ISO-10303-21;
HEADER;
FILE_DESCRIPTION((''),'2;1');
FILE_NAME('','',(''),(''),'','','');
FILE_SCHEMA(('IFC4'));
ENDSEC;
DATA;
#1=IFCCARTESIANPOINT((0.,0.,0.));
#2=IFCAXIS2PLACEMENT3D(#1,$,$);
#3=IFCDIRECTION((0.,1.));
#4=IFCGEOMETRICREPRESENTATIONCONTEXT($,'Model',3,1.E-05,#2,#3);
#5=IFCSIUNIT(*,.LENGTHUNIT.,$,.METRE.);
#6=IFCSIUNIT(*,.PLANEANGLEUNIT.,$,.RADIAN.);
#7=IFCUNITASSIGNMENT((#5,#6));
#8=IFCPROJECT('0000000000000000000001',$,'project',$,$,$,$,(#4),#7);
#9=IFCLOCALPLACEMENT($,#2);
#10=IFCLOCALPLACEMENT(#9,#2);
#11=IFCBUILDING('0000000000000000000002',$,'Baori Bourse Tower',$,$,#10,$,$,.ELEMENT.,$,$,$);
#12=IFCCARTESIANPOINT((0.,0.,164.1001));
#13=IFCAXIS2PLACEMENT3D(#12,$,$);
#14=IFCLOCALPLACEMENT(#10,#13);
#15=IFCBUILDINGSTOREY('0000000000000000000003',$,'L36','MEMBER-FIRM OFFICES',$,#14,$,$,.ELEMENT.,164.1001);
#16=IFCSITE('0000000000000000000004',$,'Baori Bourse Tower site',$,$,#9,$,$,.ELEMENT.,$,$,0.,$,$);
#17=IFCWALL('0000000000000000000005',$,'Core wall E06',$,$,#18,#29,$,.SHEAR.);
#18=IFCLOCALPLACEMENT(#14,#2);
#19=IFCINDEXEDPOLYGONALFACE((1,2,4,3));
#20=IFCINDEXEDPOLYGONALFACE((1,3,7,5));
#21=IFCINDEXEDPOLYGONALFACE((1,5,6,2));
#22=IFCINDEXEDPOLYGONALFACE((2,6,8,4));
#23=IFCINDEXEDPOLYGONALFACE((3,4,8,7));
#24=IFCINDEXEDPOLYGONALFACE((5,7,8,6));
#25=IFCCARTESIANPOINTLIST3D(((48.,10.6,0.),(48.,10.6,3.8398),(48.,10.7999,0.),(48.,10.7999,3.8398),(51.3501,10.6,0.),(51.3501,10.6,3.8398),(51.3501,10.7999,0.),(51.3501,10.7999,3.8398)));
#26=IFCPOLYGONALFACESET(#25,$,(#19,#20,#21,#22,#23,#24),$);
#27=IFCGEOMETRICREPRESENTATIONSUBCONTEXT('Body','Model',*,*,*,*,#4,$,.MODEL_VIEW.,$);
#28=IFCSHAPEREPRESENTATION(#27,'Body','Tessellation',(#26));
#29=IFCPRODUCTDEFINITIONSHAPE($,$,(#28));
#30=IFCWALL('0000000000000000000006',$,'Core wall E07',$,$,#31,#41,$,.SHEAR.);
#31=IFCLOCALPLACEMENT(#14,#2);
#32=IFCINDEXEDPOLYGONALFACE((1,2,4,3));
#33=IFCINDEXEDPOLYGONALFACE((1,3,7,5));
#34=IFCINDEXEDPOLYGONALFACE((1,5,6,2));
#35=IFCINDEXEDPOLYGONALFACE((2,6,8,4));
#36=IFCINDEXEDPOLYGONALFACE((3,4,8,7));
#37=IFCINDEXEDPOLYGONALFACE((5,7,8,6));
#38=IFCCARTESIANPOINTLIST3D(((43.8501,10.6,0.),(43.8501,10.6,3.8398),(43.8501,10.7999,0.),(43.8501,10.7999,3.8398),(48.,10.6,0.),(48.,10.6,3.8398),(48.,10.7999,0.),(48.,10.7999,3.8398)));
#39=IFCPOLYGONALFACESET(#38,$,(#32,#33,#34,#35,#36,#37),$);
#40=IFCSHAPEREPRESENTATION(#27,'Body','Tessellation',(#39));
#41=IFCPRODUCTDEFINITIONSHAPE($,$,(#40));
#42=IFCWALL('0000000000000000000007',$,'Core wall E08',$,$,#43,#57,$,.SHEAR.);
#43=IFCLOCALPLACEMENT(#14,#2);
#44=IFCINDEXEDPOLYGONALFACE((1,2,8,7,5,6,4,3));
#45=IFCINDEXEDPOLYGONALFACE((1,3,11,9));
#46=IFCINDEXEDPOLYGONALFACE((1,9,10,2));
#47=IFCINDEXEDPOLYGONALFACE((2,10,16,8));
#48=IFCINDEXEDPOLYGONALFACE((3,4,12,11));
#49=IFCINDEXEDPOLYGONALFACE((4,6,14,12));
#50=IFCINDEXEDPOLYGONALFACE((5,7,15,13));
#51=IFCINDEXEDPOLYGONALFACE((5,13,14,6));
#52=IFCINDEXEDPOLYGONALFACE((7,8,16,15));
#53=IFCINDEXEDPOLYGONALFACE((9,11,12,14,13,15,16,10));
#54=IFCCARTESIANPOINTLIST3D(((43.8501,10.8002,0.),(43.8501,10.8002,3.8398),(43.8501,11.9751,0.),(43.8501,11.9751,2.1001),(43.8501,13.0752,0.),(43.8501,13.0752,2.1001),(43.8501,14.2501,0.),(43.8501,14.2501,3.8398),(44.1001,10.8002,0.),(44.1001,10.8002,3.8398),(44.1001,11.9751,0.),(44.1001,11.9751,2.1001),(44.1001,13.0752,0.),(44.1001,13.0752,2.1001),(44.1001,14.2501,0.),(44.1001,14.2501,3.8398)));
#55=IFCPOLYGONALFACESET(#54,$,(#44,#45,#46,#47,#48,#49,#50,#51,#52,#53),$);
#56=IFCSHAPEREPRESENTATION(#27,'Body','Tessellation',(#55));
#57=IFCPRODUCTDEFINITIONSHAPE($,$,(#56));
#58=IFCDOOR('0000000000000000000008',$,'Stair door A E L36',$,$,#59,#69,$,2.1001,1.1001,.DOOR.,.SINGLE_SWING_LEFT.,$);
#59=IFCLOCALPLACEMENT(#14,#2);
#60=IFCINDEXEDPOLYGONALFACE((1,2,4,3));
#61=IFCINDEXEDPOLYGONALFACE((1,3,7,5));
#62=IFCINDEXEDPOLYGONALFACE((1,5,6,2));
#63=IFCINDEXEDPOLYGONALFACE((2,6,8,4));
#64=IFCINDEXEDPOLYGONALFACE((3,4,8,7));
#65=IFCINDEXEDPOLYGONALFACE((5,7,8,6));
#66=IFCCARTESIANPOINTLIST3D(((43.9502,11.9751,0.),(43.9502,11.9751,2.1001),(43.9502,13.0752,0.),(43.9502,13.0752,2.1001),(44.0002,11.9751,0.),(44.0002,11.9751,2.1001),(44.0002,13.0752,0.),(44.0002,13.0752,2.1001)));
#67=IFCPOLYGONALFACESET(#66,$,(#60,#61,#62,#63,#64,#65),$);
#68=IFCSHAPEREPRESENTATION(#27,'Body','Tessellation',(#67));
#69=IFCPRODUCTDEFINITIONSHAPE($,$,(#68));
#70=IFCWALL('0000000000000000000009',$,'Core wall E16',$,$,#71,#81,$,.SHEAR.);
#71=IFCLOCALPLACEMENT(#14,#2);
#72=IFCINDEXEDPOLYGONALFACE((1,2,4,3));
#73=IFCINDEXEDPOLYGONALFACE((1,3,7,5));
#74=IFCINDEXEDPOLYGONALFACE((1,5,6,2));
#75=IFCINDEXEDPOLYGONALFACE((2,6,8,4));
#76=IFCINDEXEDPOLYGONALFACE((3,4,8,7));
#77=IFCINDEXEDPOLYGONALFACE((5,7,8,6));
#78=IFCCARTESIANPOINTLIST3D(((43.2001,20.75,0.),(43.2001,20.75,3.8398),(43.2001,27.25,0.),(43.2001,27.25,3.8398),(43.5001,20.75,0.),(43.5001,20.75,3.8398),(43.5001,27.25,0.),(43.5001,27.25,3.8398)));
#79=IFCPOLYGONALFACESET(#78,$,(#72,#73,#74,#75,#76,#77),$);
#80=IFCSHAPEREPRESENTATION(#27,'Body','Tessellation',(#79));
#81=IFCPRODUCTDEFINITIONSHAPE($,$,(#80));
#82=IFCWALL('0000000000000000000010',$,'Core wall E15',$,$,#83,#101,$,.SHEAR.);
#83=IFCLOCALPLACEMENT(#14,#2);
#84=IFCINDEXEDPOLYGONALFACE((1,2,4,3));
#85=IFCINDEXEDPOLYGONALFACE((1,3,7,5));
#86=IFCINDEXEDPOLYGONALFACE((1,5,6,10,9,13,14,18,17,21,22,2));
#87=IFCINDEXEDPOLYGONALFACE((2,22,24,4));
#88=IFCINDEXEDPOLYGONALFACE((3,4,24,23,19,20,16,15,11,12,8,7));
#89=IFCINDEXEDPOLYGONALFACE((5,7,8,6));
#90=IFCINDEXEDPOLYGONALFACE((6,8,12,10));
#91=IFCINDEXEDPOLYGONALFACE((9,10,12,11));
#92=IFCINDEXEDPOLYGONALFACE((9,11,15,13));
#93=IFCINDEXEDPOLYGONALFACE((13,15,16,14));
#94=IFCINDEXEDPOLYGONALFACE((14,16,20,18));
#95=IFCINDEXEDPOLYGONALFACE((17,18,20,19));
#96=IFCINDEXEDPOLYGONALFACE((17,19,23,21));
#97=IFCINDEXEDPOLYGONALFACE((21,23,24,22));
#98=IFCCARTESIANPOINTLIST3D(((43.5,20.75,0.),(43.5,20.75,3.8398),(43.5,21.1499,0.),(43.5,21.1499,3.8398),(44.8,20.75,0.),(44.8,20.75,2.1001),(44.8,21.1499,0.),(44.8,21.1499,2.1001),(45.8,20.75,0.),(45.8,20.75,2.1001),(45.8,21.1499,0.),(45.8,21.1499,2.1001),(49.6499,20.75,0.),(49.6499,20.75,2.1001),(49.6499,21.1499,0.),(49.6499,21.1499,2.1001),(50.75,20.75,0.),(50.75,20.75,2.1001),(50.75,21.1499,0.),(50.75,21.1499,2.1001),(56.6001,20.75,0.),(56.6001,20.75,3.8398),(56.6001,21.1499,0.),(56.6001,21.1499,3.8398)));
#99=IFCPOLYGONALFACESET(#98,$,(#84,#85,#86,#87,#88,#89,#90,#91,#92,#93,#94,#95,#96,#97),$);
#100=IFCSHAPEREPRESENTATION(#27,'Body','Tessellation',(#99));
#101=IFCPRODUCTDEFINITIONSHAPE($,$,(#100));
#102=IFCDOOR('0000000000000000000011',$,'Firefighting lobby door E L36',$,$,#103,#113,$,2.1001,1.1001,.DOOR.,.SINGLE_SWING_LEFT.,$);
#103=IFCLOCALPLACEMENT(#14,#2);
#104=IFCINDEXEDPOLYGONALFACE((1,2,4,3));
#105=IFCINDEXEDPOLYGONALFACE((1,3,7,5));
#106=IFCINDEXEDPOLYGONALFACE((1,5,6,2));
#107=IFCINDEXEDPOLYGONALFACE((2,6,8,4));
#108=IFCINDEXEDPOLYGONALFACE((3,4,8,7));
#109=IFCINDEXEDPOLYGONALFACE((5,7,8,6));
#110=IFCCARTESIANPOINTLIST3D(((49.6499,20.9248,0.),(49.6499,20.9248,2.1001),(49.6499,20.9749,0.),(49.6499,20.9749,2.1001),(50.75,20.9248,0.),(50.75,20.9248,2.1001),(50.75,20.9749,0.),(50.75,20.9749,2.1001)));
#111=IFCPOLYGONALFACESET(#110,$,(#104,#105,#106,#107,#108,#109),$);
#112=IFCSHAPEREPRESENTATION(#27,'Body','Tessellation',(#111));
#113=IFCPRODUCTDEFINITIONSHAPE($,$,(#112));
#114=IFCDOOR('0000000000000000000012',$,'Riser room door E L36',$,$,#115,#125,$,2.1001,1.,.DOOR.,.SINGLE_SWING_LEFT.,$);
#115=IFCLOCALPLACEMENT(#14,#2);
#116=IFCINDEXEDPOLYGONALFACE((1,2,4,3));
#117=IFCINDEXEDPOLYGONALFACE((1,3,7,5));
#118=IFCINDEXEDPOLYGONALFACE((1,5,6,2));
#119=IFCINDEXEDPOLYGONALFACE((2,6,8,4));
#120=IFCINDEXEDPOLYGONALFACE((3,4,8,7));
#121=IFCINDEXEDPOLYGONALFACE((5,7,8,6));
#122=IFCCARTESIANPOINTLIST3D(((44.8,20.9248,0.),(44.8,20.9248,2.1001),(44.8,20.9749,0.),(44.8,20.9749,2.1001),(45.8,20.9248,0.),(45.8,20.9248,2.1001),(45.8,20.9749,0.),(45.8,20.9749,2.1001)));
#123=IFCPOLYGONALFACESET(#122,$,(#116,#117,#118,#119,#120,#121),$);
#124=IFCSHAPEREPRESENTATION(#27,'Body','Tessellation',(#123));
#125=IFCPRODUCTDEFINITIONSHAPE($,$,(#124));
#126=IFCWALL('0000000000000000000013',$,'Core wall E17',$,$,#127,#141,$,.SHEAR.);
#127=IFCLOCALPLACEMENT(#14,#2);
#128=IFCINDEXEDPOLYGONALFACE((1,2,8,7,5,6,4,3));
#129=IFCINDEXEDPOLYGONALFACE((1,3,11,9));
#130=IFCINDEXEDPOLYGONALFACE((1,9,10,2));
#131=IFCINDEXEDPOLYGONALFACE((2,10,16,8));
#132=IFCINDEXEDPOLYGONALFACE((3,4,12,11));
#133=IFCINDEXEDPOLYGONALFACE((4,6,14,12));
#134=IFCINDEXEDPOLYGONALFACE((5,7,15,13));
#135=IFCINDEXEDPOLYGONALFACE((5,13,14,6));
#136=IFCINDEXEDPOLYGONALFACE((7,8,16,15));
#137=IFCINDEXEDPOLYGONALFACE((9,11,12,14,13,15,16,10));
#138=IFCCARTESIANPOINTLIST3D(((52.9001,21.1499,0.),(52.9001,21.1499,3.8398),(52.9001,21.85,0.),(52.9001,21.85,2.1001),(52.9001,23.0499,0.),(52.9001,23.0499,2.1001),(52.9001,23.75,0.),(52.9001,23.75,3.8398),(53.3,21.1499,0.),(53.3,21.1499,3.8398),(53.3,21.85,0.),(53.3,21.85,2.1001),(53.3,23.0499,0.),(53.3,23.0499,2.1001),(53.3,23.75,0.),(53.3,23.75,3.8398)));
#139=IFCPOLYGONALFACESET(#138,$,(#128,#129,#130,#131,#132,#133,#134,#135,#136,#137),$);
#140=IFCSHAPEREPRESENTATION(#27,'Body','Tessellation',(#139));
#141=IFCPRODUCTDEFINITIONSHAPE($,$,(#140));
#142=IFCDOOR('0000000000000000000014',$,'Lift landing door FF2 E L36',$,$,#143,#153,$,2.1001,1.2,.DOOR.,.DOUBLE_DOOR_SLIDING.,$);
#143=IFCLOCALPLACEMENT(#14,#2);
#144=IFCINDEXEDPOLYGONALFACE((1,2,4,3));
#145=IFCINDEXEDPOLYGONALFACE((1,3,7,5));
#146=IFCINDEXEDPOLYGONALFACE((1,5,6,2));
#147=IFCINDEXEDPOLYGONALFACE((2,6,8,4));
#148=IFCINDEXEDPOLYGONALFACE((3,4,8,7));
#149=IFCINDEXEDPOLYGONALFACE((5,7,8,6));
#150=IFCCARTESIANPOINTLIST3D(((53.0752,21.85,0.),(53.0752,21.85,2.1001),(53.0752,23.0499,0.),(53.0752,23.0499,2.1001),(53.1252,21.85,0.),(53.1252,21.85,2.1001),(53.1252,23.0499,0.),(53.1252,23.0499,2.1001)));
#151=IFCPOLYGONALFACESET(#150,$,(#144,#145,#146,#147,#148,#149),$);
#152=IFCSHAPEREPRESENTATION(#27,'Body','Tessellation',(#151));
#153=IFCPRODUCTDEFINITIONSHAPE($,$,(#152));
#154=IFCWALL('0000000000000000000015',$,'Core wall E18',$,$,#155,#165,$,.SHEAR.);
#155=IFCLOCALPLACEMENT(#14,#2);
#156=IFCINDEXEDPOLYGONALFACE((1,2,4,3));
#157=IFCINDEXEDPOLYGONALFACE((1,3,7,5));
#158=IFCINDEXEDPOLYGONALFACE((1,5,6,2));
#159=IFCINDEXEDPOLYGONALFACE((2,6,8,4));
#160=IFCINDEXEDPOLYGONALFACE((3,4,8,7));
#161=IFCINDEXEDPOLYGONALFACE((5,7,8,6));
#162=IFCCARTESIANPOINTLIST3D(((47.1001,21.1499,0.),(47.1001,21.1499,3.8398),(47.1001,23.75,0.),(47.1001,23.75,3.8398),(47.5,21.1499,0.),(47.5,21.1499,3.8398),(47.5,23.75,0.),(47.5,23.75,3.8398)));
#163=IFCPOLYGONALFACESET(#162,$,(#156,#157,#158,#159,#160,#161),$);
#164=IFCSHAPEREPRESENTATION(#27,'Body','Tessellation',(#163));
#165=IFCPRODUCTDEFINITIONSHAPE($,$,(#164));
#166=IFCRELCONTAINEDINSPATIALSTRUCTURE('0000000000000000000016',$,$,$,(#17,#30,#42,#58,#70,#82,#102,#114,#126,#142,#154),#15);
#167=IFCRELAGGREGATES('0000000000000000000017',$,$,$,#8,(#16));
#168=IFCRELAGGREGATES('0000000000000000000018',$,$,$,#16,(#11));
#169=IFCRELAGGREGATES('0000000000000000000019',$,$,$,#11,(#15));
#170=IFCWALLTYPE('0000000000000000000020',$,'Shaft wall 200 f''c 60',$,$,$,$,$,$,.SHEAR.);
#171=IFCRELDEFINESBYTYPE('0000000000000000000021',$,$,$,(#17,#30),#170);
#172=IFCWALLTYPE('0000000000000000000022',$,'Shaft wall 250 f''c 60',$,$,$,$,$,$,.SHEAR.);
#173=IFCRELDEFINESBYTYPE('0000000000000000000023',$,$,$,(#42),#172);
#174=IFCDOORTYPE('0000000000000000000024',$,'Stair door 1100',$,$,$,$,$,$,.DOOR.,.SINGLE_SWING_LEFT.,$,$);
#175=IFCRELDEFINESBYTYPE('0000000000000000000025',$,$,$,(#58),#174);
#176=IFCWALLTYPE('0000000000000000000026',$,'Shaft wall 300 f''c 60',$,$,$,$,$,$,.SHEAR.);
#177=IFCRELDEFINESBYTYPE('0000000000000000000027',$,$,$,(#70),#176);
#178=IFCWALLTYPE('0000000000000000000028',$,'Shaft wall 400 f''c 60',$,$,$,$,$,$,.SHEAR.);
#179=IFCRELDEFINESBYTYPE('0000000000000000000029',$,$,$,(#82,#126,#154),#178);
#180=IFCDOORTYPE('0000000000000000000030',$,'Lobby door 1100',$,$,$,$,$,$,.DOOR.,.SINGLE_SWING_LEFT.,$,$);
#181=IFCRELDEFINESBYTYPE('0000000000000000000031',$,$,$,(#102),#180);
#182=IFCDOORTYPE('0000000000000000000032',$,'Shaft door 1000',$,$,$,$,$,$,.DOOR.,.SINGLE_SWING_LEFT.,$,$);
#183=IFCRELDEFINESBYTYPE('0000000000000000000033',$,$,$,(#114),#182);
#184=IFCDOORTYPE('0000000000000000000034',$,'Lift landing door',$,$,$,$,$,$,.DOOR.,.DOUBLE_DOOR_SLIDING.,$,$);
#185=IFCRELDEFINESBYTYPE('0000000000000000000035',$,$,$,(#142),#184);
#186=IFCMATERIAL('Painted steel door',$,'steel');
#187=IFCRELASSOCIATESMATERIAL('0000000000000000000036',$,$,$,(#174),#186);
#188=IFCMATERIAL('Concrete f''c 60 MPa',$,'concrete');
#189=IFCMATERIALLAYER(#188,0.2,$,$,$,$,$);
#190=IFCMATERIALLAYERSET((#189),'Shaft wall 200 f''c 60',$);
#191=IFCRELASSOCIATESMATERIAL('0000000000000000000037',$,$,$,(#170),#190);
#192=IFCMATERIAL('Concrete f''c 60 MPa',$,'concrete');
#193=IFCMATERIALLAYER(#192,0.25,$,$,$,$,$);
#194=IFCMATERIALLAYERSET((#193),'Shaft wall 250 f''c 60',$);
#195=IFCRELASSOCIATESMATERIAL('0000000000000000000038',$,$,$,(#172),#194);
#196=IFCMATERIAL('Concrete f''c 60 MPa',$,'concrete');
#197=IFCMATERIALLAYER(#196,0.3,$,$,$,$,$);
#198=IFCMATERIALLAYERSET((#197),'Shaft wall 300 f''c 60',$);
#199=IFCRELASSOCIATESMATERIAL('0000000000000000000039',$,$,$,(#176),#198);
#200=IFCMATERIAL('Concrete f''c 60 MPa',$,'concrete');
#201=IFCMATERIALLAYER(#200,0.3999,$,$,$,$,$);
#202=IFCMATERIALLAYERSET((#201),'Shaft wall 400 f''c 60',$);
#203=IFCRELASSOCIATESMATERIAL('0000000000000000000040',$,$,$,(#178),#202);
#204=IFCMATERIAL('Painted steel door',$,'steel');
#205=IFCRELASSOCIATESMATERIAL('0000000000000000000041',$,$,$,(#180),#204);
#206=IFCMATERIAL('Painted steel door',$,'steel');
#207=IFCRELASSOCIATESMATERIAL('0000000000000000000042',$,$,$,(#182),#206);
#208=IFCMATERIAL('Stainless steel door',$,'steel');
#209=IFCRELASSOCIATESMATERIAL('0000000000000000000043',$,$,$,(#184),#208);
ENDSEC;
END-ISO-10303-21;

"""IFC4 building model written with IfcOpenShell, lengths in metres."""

from ifc_helpers import new_model, si_unit, direction, frame, frame_2d, origin, place, context, subcontext, project, spatial, rectangle, extrude, material, layer, layer_set, type_object, element, fill, save


model = new_model("IFC4")

# Units and contexts
model_context = context("Model", 3, precision=1e-05, world=origin(), true_north=direction((0.0, 1.0)))
body_context = subcontext(model_context, "Body", "Model", "MODEL_VIEW")
ifc_project = project(units=[si_unit("LENGTHUNIT", "METRE"), si_unit("PLANEANGLEUNIT", "RADIAN")], contexts=[model_context])

# Site, building, storey
site_placement = place(None, origin())
site = spatial("IfcSite", under=ifc_project, at=site_placement, Name="Baori Bourse Tower site", CompositionType="ELEMENT", RefElevation=0.0)
building_placement = place(site_placement, origin())
building = spatial("IfcBuilding", under=site, at=building_placement, Name="Baori Bourse Tower", CompositionType="ELEMENT")
storey_placement = place(building_placement, frame((0.0, 0.0, 164.1001)))
storey = spatial("IfcBuildingStorey", under=building, at=storey_placement, Name="L36", Description="MEMBER-FIRM OFFICES", CompositionType="ELEMENT", Elevation=164.1001)

# Shared definitions
ifc_material_1 = material(Name="Painted steel door", Category="steel")
door_type_1 = type_object("IfcDoorType", Name="Stair door 1100", OperationType="SINGLE_SWING_LEFT", PredefinedType="DOOR", material=ifc_material_1)

# Walls
ifc_material_2 = material(Name="Concrete f'c 60 MPa", Category="concrete")
ifc_layer_1 = layer(ifc_material_2, 0.2)
ifc_layer_set_1 = layer_set([ifc_layer_1], Name="Shaft wall 200 f'c 60")
wall_type_1 = type_object("IfcWallType", Name="Shaft wall 200 f'c 60", PredefinedType="SHEAR", material=ifc_layer_set_1)
wall_1_placement = place(storey_placement, frame((48.0, 10.7, 0.0), z_axis=(0.0, 0.0, 1.0), x_axis=(1.0, 0.0, 0.0)))
element("IfcWall", 1, at=wall_1_placement, inside=storey, type_object=wall_type_1, Name="Core wall E06", PredefinedType="SHEAR", context=body_context, shape_type="SweptSolid", body=[
    extrude(rectangle(XDim=3.3501, YDim=0.2, at=frame_2d((1.675, 0.0))), origin(), (0.0, 0.0, 1.0), 3.8398),
])
wall_2_placement = place(storey_placement, frame((43.8501, 10.7, 0.0), z_axis=(0.0, 0.0, 1.0), x_axis=(1.0, 0.0, 0.0)))
element("IfcWall", 2, at=wall_2_placement, inside=storey, type_object=wall_type_1, Name="Core wall E07", PredefinedType="SHEAR", context=body_context, shape_type="SweptSolid", body=[
    extrude(rectangle(XDim=4.1499, YDim=0.2, at=frame_2d((2.075, 0.0))), origin(), (0.0, 0.0, 1.0), 3.8398),
])

# Wall, opening, door
ifc_material_3 = material(Name="Concrete f'c 60 MPa", Category="concrete")
ifc_layer_2 = layer(ifc_material_3, 0.25)
ifc_layer_set_2 = layer_set([ifc_layer_2], Name="Shaft wall 250 f'c 60")
wall_type_2 = type_object("IfcWallType", Name="Shaft wall 250 f'c 60", PredefinedType="SHEAR", material=ifc_layer_set_2)
wall_3_placement = place(storey_placement, frame((43.9751, 10.8, 0.0), z_axis=(0.0, 0.0, 1.0), x_axis=(0.0, 1.0, 0.0)))
wall_3 = element("IfcWall", 3, at=wall_3_placement, inside=storey, type_object=wall_type_2, Name="Core wall E08", PredefinedType="SHEAR", context=body_context, shape_type="SweptSolid", body=[
    extrude(rectangle(XDim=3.45, YDim=0.25, at=frame_2d((1.7251, 0.0))), origin(), (0.0, 0.0, 1.0), 3.8398),
])
opening_1_placement = place(wall_3_placement, frame((1.175, 0.0, 0.0)))
opening_1 = element("IfcOpeningElement", 4, at=opening_1_placement, cuts=wall_3, PredefinedType="OPENING", context=body_context, shape_type="SweptSolid", body=[
    extrude(rectangle(XDim=1.1001, YDim=2.1001, at=frame_2d((0.55, 1.05))), frame((0.0, 0.135, 0.0), z_axis=(0.0, -1.0, 0.0), x_axis=(1.0, 0.0, 0.0)), (0.0, 0.0, 1.0), 0.27),
])
door_1_placement = place(opening_1_placement, origin())
door_1 = element("IfcDoor", 5, at=door_1_placement, inside=storey, type_object=door_type_1, Name="Stair door A E L36", OperationType="SINGLE_SWING_LEFT", OverallHeight=2.1001, OverallWidth=1.1001, PredefinedType="DOOR", context=body_context, shape_type="SweptSolid", body=[
    extrude(rectangle(XDim=1.1001, YDim=2.1001, at=frame_2d((0.55, 1.05))), frame((0.0, 0.0249, 0.0), z_axis=(0.0, -1.0, 0.0), x_axis=(1.0, 0.0, 0.0)), (0.0, 0.0, 1.0), 0.05),
])
fill(opening_1, door_1)

# Wall
ifc_material_4 = material(Name="Concrete f'c 60 MPa", Category="concrete")
ifc_layer_3 = layer(ifc_material_4, 0.3)
ifc_layer_set_3 = layer_set([ifc_layer_3], Name="Shaft wall 300 f'c 60")
wall_type_3 = type_object("IfcWallType", Name="Shaft wall 300 f'c 60", PredefinedType="SHEAR", material=ifc_layer_set_3)
wall_4_placement = place(storey_placement, frame((43.3501, 20.75, 0.0), z_axis=(0.0, 0.0, 1.0), x_axis=(0.0, 1.0, 0.0)))
element("IfcWall", 6, at=wall_4_placement, inside=storey, type_object=wall_type_3, Name="Core wall E16", PredefinedType="SHEAR", context=body_context, shape_type="SweptSolid", body=[
    extrude(rectangle(XDim=6.5, YDim=0.3, at=frame_2d((3.25, 0.0))), origin(), (0.0, 0.0, 1.0), 3.8398),
])

# Wall, openings, doors
ifc_material_5 = material(Name="Concrete f'c 60 MPa", Category="concrete")
ifc_layer_4 = layer(ifc_material_5, 0.3999)
ifc_layer_set_4 = layer_set([ifc_layer_4], Name="Shaft wall 400 f'c 60")
wall_type_4 = type_object("IfcWallType", Name="Shaft wall 400 f'c 60", PredefinedType="SHEAR", material=ifc_layer_set_4)
wall_5_placement = place(storey_placement, frame((43.5, 20.95, 0.0), z_axis=(0.0, 0.0, 1.0), x_axis=(1.0, 0.0, 0.0)))
wall_5 = element("IfcWall", 7, at=wall_5_placement, inside=storey, type_object=wall_type_4, Name="Core wall E15", PredefinedType="SHEAR", context=body_context, shape_type="SweptSolid", body=[
    extrude(rectangle(XDim=13.1001, YDim=0.3999, at=frame_2d((6.55, 0.0))), origin(), (0.0, 0.0, 1.0), 3.8398),
])
opening_2_placement = place(wall_5_placement, frame((6.1499, 0.0, 0.0)))
opening_2 = element("IfcOpeningElement", 8, at=opening_2_placement, cuts=wall_5, PredefinedType="OPENING", context=body_context, shape_type="SweptSolid", body=[
    extrude(rectangle(XDim=1.1001, YDim=2.1001, at=frame_2d((0.55, 1.05))), frame((0.0, 0.21, 0.0), z_axis=(0.0, -1.0, 0.0), x_axis=(1.0, 0.0, 0.0)), (0.0, 0.0, 1.0), 0.4199),
])
opening_3_placement = place(wall_5_placement, frame((1.3, 0.0, 0.0)))
opening_3 = element("IfcOpeningElement", 9, at=opening_3_placement, cuts=wall_5, PredefinedType="OPENING", context=body_context, shape_type="SweptSolid", body=[
    extrude(rectangle(XDim=1.0, YDim=2.1001, at=frame_2d((0.5, 1.05))), frame((0.0, 0.21, 0.0), z_axis=(0.0, -1.0, 0.0), x_axis=(1.0, 0.0, 0.0)), (0.0, 0.0, 1.0), 0.4199),
])
ifc_material_6 = material(Name="Painted steel door", Category="steel")
door_type_2 = type_object("IfcDoorType", Name="Lobby door 1100", OperationType="SINGLE_SWING_LEFT", PredefinedType="DOOR", material=ifc_material_6)
door_2_placement = place(opening_2_placement, origin())
door_2 = element("IfcDoor", 10, at=door_2_placement, inside=storey, type_object=door_type_2, Name="Firefighting lobby door E L36", OperationType="SINGLE_SWING_LEFT", OverallHeight=2.1001, OverallWidth=1.1001, PredefinedType="DOOR", context=body_context, shape_type="SweptSolid", body=[
    extrude(rectangle(XDim=1.1001, YDim=2.1001, at=frame_2d((0.55, 1.05))), frame((0.0, 0.0249, 0.0), z_axis=(0.0, -1.0, 0.0), x_axis=(1.0, 0.0, 0.0)), (0.0, 0.0, 1.0), 0.05),
])
fill(opening_2, door_2)
ifc_material_7 = material(Name="Painted steel door", Category="steel")
door_type_3 = type_object("IfcDoorType", Name="Shaft door 1000", OperationType="SINGLE_SWING_LEFT", PredefinedType="DOOR", material=ifc_material_7)
door_3_placement = place(opening_3_placement, origin())
door_3 = element("IfcDoor", 11, at=door_3_placement, inside=storey, type_object=door_type_3, Name="Riser room door E L36", OperationType="SINGLE_SWING_LEFT", OverallHeight=2.1001, OverallWidth=1.0, PredefinedType="DOOR", context=body_context, shape_type="SweptSolid", body=[
    extrude(rectangle(XDim=1.0, YDim=2.1001, at=frame_2d((0.5, 1.05))), frame((0.0, 0.0249, 0.0), z_axis=(0.0, -1.0, 0.0), x_axis=(1.0, 0.0, 0.0)), (0.0, 0.0, 1.0), 0.05),
])
fill(opening_3, door_3)

# Wall, opening, door
wall_6_placement = place(storey_placement, frame((53.1001, 21.1499, 0.0), z_axis=(0.0, 0.0, 1.0), x_axis=(0.0, 1.0, 0.0)))
wall_6 = element("IfcWall", 12, at=wall_6_placement, inside=storey, type_object=wall_type_4, Name="Core wall E17", PredefinedType="SHEAR", context=body_context, shape_type="SweptSolid", body=[
    extrude(rectangle(XDim=2.6001, YDim=0.3999, at=frame_2d((1.3, 0.0))), origin(), (0.0, 0.0, 1.0), 3.8398),
])
opening_4_placement = place(wall_6_placement, frame((0.7, 0.0, 0.0)))
opening_4 = element("IfcOpeningElement", 13, at=opening_4_placement, cuts=wall_6, PredefinedType="OPENING", context=body_context, shape_type="SweptSolid", body=[
    extrude(rectangle(XDim=1.2, YDim=2.1001, at=frame_2d((0.6001, 1.05))), frame((0.0, 0.21, 0.0), z_axis=(0.0, -1.0, 0.0), x_axis=(1.0, 0.0, 0.0)), (0.0, 0.0, 1.0), 0.4199),
])
ifc_material_8 = material(Name="Stainless steel door", Category="steel")
door_type_4 = type_object("IfcDoorType", Name="Lift landing door", OperationType="DOUBLE_DOOR_SLIDING", PredefinedType="DOOR", material=ifc_material_8)
door_4_placement = place(opening_4_placement, origin())
door_4 = element("IfcDoor", 14, at=door_4_placement, inside=storey, type_object=door_type_4, Name="Lift landing door FF2 E L36", OperationType="DOUBLE_DOOR_SLIDING", OverallHeight=2.1001, OverallWidth=1.2, PredefinedType="DOOR", context=body_context, shape_type="SweptSolid", body=[
    extrude(rectangle(XDim=1.2, YDim=2.1001, at=frame_2d((0.6001, 1.05))), frame((0.0, 0.0249, 0.0), z_axis=(0.0, -1.0, 0.0), x_axis=(1.0, 0.0, 0.0)), (0.0, 0.0, 1.0), 0.05),
])
fill(opening_4, door_4)

# Wall
wall_7_placement = place(storey_placement, frame((47.3, 21.1499, 0.0), z_axis=(0.0, 0.0, 1.0), x_axis=(0.0, 1.0, 0.0)))
element("IfcWall", 15, at=wall_7_placement, inside=storey, type_object=wall_type_4, Name="Core wall E18", PredefinedType="SHEAR", context=body_context, shape_type="SweptSolid", body=[
    extrude(rectangle(XDim=2.6001, YDim=0.3999, at=frame_2d((1.3, 0.0))), origin(), (0.0, 0.0, 1.0), 3.8398),
])

save(model, "model.ifc")
